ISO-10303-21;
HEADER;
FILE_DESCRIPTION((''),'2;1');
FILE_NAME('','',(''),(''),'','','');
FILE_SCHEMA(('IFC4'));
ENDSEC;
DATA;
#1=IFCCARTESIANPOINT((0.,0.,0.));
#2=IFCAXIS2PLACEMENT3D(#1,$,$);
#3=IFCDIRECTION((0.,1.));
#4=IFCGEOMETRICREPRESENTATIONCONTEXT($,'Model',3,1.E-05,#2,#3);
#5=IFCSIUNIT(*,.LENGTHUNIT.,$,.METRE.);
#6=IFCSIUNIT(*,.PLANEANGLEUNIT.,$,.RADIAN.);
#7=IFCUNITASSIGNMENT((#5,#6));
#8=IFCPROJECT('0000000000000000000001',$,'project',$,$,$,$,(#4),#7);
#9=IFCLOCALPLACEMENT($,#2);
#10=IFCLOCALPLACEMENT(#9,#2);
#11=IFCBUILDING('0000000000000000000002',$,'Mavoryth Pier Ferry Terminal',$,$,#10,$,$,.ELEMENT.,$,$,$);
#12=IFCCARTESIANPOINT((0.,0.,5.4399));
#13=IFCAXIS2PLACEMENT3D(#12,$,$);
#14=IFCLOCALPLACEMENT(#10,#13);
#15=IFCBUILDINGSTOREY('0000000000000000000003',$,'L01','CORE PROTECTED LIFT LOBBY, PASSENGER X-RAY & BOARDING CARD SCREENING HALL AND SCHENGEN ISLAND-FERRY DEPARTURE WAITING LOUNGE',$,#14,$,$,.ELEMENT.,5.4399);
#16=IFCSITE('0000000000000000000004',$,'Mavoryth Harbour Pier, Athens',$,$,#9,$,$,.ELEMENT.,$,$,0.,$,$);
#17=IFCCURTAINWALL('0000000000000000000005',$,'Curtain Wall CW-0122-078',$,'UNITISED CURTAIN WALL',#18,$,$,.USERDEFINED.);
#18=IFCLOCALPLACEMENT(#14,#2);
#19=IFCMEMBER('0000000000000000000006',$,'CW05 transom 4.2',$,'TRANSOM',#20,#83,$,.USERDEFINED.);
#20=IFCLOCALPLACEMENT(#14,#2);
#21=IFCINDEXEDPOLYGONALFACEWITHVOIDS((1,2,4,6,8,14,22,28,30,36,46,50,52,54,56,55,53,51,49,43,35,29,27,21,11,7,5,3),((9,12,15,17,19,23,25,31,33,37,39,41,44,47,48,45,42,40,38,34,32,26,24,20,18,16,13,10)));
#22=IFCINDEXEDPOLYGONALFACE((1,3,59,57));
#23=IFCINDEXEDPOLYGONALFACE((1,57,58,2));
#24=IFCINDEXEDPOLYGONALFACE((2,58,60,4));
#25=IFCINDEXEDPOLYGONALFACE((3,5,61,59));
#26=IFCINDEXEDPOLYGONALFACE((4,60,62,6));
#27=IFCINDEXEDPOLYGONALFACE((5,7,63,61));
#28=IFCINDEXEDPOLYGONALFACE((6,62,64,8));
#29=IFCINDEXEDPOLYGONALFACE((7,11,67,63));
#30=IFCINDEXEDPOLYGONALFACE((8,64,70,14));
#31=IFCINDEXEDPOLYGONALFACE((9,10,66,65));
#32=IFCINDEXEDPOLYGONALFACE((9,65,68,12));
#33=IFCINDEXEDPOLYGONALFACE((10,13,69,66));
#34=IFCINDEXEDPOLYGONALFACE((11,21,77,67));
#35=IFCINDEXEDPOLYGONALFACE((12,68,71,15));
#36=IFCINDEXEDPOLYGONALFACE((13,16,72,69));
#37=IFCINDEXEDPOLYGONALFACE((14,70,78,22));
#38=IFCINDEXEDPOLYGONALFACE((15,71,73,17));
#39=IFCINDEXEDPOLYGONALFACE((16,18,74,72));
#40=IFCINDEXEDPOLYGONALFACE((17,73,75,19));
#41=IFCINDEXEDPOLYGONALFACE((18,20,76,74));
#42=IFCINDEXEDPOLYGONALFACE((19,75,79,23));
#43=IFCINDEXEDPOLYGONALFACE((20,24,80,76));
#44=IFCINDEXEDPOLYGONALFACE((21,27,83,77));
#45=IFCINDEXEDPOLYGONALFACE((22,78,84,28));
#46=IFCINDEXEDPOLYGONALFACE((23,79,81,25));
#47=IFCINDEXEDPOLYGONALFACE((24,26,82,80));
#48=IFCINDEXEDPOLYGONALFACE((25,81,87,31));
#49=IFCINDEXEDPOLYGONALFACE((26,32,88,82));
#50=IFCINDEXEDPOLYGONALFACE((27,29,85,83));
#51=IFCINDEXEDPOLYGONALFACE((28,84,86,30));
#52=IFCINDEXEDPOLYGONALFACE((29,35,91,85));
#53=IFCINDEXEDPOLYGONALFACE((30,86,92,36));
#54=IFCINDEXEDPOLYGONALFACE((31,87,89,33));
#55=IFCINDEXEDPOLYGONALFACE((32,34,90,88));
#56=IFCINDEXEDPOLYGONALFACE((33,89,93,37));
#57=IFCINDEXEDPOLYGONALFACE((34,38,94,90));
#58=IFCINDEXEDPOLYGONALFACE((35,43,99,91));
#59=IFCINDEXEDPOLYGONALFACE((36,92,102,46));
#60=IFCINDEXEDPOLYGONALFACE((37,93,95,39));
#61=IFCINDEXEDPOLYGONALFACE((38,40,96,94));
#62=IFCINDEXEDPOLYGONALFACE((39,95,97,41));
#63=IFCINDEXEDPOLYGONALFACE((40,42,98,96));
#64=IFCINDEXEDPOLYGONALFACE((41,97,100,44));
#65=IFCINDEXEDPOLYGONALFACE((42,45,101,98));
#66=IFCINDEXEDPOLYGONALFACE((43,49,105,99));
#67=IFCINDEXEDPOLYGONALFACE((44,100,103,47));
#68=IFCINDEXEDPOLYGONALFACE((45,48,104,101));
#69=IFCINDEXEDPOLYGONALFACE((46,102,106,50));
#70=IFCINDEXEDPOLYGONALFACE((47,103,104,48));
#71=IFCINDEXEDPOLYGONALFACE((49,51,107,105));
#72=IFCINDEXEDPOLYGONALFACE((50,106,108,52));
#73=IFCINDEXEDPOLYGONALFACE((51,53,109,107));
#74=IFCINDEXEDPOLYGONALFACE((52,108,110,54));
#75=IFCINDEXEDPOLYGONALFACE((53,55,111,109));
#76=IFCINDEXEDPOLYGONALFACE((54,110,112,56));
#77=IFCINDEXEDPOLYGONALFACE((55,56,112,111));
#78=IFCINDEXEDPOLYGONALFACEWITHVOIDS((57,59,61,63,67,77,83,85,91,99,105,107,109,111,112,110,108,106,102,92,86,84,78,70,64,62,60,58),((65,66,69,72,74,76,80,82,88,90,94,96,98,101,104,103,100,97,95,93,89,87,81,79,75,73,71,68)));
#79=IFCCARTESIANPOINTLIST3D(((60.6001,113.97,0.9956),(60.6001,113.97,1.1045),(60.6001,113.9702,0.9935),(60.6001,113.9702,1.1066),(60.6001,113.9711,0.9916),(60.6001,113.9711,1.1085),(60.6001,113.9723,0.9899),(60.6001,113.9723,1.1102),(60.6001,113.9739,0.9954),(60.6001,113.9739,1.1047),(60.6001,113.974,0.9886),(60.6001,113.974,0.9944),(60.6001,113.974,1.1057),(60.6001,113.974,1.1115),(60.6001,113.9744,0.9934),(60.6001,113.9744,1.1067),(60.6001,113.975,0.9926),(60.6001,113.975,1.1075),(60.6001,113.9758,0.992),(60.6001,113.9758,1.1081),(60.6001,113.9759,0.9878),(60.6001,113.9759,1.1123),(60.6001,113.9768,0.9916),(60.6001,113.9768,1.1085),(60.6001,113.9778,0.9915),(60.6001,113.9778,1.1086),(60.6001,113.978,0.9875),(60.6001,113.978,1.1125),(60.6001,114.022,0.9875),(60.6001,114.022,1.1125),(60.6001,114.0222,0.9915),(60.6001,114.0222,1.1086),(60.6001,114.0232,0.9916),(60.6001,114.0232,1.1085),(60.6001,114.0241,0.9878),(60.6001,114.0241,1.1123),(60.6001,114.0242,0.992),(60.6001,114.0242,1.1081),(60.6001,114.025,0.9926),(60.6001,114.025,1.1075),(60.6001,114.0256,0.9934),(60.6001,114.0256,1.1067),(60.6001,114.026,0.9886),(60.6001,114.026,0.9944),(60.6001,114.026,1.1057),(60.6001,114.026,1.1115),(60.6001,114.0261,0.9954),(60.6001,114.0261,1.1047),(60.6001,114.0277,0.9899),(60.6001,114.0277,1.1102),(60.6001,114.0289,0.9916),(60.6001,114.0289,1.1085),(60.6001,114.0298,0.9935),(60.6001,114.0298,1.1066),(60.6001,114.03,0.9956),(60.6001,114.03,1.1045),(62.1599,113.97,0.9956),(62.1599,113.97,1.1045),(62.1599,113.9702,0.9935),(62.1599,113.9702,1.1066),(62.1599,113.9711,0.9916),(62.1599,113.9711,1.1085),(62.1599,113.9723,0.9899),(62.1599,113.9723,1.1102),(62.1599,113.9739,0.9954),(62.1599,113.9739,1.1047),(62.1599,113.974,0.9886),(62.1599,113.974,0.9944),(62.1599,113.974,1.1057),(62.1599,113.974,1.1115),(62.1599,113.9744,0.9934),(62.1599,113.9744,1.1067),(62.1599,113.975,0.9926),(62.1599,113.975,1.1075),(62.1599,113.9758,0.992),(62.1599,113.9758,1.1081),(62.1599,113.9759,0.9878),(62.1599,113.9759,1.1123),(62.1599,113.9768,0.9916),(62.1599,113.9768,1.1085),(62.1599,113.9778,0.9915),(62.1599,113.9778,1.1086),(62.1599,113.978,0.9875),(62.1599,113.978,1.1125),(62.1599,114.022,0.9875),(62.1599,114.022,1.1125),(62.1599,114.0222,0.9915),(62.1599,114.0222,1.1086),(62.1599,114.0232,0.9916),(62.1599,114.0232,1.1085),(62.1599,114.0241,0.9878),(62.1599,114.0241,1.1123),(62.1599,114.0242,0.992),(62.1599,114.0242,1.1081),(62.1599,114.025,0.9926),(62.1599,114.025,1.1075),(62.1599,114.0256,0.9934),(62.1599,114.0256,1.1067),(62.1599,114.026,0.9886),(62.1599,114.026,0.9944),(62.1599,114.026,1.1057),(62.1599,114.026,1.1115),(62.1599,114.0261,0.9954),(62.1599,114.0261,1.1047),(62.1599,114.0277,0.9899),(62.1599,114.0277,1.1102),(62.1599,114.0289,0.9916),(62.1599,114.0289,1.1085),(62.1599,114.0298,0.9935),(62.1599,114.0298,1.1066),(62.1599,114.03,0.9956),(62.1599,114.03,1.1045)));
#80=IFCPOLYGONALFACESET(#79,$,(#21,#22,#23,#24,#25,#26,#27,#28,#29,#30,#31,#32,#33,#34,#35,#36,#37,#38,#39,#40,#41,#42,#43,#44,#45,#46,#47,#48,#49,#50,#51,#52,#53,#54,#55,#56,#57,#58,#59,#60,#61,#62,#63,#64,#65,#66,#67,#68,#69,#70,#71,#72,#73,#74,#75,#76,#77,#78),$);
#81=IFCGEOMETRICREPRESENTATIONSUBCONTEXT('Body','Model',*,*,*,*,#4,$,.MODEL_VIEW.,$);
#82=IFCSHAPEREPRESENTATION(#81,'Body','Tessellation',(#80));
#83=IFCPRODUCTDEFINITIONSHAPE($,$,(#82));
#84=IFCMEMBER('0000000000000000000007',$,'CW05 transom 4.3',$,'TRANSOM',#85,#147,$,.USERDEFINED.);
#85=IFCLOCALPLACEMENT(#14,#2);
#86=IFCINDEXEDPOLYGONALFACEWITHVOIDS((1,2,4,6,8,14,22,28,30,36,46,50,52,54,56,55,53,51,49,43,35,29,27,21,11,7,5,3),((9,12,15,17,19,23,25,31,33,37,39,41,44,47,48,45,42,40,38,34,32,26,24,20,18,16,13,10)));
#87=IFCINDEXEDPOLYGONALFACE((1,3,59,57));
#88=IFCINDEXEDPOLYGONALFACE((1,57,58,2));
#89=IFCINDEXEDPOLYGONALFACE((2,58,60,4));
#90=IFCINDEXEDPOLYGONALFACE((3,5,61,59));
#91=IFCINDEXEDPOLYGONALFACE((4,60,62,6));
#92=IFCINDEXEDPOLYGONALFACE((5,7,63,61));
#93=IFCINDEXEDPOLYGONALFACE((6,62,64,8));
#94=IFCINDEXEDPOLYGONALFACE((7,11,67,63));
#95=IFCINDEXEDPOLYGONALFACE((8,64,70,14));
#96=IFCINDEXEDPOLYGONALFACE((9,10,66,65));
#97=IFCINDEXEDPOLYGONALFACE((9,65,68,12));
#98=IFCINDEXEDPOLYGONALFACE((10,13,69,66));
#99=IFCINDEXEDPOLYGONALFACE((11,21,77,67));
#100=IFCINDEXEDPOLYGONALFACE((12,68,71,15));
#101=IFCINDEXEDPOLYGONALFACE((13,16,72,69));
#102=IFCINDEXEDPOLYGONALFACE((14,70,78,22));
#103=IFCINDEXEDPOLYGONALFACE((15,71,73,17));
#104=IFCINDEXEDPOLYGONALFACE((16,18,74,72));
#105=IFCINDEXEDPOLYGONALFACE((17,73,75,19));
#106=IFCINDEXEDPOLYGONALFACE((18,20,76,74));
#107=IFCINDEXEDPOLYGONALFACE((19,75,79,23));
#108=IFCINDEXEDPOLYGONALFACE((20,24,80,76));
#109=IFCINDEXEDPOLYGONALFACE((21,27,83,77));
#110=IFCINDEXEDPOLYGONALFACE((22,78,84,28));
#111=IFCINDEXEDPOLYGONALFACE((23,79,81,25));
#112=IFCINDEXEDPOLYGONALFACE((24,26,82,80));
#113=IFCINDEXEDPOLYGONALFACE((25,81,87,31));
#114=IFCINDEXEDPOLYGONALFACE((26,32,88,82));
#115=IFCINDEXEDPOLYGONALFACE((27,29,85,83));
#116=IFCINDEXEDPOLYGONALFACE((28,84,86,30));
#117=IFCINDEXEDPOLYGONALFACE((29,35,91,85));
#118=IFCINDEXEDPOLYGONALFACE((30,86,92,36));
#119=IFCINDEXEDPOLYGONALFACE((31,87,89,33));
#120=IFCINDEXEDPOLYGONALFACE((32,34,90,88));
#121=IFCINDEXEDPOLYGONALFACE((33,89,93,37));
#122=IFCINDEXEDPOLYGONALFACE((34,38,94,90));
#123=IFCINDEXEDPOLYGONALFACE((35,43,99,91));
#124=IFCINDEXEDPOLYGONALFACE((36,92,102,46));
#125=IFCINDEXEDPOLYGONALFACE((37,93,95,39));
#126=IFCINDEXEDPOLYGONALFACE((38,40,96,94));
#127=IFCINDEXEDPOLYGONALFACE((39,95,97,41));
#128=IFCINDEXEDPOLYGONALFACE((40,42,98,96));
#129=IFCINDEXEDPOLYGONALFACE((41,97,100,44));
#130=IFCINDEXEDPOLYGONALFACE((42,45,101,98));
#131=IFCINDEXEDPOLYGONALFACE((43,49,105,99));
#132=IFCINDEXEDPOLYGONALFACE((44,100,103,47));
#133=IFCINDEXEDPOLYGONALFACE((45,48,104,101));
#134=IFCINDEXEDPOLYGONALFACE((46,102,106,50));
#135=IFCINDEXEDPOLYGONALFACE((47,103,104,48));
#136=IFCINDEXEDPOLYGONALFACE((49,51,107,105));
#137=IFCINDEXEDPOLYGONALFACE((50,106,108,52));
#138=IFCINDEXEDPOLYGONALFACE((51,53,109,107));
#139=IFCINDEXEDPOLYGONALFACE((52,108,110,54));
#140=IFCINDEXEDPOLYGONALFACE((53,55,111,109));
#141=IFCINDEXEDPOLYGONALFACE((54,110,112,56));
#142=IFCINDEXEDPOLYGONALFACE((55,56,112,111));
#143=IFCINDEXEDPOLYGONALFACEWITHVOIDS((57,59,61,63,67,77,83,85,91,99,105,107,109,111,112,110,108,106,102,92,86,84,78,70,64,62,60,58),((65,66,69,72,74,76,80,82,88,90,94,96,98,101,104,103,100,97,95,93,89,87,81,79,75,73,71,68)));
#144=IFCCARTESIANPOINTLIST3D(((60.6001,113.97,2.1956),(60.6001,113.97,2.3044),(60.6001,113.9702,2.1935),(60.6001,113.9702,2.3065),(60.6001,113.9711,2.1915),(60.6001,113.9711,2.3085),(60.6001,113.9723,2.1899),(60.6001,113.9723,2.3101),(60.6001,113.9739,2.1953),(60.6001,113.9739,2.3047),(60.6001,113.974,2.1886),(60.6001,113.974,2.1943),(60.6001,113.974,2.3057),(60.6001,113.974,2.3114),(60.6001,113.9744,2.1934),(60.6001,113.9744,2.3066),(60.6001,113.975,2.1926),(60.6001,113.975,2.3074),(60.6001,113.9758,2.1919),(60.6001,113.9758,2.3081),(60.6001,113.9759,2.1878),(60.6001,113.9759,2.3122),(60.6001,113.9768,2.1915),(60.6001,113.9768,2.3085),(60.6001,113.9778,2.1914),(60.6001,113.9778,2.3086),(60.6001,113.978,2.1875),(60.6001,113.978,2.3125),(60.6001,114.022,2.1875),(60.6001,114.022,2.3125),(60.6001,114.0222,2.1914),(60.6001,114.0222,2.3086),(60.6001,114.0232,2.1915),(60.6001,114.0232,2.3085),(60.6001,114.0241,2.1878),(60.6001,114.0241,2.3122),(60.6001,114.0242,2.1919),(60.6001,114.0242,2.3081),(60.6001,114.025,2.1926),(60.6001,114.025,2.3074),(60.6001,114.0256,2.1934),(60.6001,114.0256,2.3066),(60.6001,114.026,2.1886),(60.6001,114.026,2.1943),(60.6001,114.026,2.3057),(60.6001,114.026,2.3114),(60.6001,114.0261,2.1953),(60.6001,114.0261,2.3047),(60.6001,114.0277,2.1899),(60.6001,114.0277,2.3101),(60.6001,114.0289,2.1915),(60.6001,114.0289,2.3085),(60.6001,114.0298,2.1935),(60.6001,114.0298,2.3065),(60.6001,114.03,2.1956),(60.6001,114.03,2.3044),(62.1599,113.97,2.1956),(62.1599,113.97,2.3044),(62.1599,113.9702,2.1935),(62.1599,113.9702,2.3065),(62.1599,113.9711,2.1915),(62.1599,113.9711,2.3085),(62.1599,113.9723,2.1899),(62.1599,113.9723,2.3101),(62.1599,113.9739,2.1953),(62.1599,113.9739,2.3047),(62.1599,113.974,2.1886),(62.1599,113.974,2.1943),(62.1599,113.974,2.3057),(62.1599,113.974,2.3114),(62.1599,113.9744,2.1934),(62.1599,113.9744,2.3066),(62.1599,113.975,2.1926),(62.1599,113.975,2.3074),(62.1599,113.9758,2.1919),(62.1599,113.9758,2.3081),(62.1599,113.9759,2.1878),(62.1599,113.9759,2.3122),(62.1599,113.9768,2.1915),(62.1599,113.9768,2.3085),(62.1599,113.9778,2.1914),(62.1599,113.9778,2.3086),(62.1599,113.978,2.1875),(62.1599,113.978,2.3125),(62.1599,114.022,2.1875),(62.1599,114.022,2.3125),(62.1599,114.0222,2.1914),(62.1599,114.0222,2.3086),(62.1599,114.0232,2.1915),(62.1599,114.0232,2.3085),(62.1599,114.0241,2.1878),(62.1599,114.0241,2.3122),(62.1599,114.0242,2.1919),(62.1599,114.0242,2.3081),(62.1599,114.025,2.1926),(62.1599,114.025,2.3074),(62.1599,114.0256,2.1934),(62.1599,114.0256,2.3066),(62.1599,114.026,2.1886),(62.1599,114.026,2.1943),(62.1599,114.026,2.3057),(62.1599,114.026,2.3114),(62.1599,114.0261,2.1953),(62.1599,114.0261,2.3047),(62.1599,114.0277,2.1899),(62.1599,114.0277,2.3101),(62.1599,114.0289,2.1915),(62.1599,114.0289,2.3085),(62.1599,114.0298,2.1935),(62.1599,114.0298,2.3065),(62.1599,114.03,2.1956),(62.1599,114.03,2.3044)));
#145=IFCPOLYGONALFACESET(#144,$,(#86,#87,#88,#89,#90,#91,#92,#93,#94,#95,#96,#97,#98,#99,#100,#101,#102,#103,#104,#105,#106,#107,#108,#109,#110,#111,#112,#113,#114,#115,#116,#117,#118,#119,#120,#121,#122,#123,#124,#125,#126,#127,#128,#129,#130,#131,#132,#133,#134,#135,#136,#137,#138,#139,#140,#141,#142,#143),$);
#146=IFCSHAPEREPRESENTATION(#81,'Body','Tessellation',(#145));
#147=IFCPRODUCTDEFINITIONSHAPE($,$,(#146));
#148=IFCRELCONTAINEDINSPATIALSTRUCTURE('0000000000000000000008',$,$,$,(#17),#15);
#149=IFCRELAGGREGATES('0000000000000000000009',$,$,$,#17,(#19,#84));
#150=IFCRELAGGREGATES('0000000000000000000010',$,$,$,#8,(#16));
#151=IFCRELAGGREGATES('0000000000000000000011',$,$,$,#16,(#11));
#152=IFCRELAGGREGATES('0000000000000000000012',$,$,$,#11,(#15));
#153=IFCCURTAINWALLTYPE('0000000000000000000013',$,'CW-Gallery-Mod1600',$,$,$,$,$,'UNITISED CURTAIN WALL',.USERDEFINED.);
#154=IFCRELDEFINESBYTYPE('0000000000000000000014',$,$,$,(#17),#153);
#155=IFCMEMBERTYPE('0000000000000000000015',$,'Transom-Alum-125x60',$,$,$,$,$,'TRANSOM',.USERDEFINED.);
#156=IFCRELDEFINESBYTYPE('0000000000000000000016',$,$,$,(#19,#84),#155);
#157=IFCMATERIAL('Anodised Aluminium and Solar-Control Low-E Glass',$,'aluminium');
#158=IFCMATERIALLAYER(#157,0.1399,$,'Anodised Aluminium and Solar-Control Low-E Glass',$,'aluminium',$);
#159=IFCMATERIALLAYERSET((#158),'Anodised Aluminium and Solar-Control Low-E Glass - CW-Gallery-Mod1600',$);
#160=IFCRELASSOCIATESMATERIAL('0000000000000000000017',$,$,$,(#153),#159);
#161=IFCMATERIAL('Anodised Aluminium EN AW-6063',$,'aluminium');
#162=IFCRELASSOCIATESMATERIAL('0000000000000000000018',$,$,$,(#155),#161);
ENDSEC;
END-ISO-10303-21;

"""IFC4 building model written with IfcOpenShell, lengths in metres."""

from ifc_helpers import new_model, si_unit, direction, frame, origin, origin_2d, place, context, subcontext, project, spatial, hollow_rectangle, extrude, material, layer, layer_set, material_profile, profile_set, type_object, element, aggregate, save


model = new_model("IFC4")

# Units and contexts
model_context = context("Model", 3, precision=1e-05, world=origin(), true_north=direction((0.0, 1.0)))
body_context = subcontext(model_context, "Body", "Model", "MODEL_VIEW")
ifc_project = project(units=[si_unit("LENGTHUNIT", "METRE"), si_unit("PLANEANGLEUNIT", "RADIAN")], contexts=[model_context])

# Site, building, storey
site_placement = place(None, origin())
site = spatial("IfcSite", under=ifc_project, at=site_placement, Name="Mavoryth Harbour Pier, Athens", CompositionType="ELEMENT", RefElevation=0.0)
building_placement = place(site_placement, origin())
building = spatial("IfcBuilding", under=site, at=building_placement, Name="Mavoryth Pier Ferry Terminal", CompositionType="ELEMENT")
storey_placement = place(building_placement, frame((0.0, 0.0, 5.4399)))
storey = spatial("IfcBuildingStorey", under=building, at=storey_placement, Name="L01", Description="CORE PROTECTED LIFT LOBBY, PASSENGER X-RAY & BOARDING CARD SCREENING HALL AND SCHENGEN ISLAND-FERRY DEPARTURE WAITING LOUNGE", CompositionType="ELEMENT", Elevation=5.4399)

# Curtain wall
ifc_material_1 = material(Name="Anodised Aluminium and Solar-Control Low-E Glass", Category="aluminium")
ifc_layer_1 = layer(ifc_material_1, 0.1399, Name="Anodised Aluminium and Solar-Control Low-E Glass", Category="aluminium")
ifc_layer_set_1 = layer_set([ifc_layer_1], Name="Anodised Aluminium and Solar-Control Low-E Glass - CW-Gallery-Mod1600")
curtain_wall_type = type_object("IfcCurtainWallType", Name="CW-Gallery-Mod1600", ElementType="UNITISED CURTAIN WALL", PredefinedType="USERDEFINED", material=ifc_layer_set_1)
curtain_wall_placement = place(storey_placement, origin())
curtain_wall = element("IfcCurtainWall", 1, at=curtain_wall_placement, inside=storey, type_object=curtain_wall_type, Name="Curtain Wall CW-0122-078", ObjectType="UNITISED CURTAIN WALL", PredefinedType="USERDEFINED")
ifc_material_2 = material(Name="Anodised Aluminium EN AW-6063", Category="aluminium")

# Members
ifc_material_profile_1 = material_profile(ifc_material_2, hollow_rectangle(XDim=0.0601, YDim=0.125, WallThickness=0.0039, InnerFilletRadius=0.0039, OuterFilletRadius=0.0081, at=origin_2d()), Name="AL-TRAN 125x60x4", Category="aluminium")
ifc_profile_set_1 = profile_set([ifc_material_profile_1], Name="Anodised Aluminium EN AW-6063 - AL-TRAN 125x60x4")
member_type_1 = type_object("IfcMemberType", Name="Transom-Alum-125x60", ElementType="TRANSOM", PredefinedType="USERDEFINED", material=ifc_profile_set_1)
member_1_placement = place(storey_placement, frame((62.1599, 114.0, 1.05), z_axis=(-1.0, 0.0, 0.0), x_axis=(0.0, -1.0, 0.0)))
member_1 = element("IfcMember", 2, at=member_1_placement, type_object=member_type_1, Name="CW05 transom 4.2", ObjectType="TRANSOM", PredefinedType="USERDEFINED", context=body_context, shape_type="SweptSolid", body=[
    extrude(hollow_rectangle(XDim=0.0601, YDim=0.125, WallThickness=0.0039, InnerFilletRadius=0.0039, OuterFilletRadius=0.0081, at=origin_2d()), origin(), (0.0, 0.0, 1.0), 1.5598),
])
member_2_placement = place(storey_placement, frame((62.1599, 114.0, 2.25), z_axis=(-1.0, 0.0, 0.0), x_axis=(0.0, -1.0, 0.0)))
member_2 = element("IfcMember", 3, at=member_2_placement, type_object=member_type_1, Name="CW05 transom 4.3", ObjectType="TRANSOM", PredefinedType="USERDEFINED", context=body_context, shape_type="SweptSolid", body=[
    extrude(hollow_rectangle(XDim=0.0601, YDim=0.125, WallThickness=0.0039, InnerFilletRadius=0.0039, OuterFilletRadius=0.0081, at=origin_2d()), origin(), (0.0, 0.0, 1.0), 1.5598),
])

aggregate(curtain_wall, [member_1, member_2])

save(model, "model.ifc")
